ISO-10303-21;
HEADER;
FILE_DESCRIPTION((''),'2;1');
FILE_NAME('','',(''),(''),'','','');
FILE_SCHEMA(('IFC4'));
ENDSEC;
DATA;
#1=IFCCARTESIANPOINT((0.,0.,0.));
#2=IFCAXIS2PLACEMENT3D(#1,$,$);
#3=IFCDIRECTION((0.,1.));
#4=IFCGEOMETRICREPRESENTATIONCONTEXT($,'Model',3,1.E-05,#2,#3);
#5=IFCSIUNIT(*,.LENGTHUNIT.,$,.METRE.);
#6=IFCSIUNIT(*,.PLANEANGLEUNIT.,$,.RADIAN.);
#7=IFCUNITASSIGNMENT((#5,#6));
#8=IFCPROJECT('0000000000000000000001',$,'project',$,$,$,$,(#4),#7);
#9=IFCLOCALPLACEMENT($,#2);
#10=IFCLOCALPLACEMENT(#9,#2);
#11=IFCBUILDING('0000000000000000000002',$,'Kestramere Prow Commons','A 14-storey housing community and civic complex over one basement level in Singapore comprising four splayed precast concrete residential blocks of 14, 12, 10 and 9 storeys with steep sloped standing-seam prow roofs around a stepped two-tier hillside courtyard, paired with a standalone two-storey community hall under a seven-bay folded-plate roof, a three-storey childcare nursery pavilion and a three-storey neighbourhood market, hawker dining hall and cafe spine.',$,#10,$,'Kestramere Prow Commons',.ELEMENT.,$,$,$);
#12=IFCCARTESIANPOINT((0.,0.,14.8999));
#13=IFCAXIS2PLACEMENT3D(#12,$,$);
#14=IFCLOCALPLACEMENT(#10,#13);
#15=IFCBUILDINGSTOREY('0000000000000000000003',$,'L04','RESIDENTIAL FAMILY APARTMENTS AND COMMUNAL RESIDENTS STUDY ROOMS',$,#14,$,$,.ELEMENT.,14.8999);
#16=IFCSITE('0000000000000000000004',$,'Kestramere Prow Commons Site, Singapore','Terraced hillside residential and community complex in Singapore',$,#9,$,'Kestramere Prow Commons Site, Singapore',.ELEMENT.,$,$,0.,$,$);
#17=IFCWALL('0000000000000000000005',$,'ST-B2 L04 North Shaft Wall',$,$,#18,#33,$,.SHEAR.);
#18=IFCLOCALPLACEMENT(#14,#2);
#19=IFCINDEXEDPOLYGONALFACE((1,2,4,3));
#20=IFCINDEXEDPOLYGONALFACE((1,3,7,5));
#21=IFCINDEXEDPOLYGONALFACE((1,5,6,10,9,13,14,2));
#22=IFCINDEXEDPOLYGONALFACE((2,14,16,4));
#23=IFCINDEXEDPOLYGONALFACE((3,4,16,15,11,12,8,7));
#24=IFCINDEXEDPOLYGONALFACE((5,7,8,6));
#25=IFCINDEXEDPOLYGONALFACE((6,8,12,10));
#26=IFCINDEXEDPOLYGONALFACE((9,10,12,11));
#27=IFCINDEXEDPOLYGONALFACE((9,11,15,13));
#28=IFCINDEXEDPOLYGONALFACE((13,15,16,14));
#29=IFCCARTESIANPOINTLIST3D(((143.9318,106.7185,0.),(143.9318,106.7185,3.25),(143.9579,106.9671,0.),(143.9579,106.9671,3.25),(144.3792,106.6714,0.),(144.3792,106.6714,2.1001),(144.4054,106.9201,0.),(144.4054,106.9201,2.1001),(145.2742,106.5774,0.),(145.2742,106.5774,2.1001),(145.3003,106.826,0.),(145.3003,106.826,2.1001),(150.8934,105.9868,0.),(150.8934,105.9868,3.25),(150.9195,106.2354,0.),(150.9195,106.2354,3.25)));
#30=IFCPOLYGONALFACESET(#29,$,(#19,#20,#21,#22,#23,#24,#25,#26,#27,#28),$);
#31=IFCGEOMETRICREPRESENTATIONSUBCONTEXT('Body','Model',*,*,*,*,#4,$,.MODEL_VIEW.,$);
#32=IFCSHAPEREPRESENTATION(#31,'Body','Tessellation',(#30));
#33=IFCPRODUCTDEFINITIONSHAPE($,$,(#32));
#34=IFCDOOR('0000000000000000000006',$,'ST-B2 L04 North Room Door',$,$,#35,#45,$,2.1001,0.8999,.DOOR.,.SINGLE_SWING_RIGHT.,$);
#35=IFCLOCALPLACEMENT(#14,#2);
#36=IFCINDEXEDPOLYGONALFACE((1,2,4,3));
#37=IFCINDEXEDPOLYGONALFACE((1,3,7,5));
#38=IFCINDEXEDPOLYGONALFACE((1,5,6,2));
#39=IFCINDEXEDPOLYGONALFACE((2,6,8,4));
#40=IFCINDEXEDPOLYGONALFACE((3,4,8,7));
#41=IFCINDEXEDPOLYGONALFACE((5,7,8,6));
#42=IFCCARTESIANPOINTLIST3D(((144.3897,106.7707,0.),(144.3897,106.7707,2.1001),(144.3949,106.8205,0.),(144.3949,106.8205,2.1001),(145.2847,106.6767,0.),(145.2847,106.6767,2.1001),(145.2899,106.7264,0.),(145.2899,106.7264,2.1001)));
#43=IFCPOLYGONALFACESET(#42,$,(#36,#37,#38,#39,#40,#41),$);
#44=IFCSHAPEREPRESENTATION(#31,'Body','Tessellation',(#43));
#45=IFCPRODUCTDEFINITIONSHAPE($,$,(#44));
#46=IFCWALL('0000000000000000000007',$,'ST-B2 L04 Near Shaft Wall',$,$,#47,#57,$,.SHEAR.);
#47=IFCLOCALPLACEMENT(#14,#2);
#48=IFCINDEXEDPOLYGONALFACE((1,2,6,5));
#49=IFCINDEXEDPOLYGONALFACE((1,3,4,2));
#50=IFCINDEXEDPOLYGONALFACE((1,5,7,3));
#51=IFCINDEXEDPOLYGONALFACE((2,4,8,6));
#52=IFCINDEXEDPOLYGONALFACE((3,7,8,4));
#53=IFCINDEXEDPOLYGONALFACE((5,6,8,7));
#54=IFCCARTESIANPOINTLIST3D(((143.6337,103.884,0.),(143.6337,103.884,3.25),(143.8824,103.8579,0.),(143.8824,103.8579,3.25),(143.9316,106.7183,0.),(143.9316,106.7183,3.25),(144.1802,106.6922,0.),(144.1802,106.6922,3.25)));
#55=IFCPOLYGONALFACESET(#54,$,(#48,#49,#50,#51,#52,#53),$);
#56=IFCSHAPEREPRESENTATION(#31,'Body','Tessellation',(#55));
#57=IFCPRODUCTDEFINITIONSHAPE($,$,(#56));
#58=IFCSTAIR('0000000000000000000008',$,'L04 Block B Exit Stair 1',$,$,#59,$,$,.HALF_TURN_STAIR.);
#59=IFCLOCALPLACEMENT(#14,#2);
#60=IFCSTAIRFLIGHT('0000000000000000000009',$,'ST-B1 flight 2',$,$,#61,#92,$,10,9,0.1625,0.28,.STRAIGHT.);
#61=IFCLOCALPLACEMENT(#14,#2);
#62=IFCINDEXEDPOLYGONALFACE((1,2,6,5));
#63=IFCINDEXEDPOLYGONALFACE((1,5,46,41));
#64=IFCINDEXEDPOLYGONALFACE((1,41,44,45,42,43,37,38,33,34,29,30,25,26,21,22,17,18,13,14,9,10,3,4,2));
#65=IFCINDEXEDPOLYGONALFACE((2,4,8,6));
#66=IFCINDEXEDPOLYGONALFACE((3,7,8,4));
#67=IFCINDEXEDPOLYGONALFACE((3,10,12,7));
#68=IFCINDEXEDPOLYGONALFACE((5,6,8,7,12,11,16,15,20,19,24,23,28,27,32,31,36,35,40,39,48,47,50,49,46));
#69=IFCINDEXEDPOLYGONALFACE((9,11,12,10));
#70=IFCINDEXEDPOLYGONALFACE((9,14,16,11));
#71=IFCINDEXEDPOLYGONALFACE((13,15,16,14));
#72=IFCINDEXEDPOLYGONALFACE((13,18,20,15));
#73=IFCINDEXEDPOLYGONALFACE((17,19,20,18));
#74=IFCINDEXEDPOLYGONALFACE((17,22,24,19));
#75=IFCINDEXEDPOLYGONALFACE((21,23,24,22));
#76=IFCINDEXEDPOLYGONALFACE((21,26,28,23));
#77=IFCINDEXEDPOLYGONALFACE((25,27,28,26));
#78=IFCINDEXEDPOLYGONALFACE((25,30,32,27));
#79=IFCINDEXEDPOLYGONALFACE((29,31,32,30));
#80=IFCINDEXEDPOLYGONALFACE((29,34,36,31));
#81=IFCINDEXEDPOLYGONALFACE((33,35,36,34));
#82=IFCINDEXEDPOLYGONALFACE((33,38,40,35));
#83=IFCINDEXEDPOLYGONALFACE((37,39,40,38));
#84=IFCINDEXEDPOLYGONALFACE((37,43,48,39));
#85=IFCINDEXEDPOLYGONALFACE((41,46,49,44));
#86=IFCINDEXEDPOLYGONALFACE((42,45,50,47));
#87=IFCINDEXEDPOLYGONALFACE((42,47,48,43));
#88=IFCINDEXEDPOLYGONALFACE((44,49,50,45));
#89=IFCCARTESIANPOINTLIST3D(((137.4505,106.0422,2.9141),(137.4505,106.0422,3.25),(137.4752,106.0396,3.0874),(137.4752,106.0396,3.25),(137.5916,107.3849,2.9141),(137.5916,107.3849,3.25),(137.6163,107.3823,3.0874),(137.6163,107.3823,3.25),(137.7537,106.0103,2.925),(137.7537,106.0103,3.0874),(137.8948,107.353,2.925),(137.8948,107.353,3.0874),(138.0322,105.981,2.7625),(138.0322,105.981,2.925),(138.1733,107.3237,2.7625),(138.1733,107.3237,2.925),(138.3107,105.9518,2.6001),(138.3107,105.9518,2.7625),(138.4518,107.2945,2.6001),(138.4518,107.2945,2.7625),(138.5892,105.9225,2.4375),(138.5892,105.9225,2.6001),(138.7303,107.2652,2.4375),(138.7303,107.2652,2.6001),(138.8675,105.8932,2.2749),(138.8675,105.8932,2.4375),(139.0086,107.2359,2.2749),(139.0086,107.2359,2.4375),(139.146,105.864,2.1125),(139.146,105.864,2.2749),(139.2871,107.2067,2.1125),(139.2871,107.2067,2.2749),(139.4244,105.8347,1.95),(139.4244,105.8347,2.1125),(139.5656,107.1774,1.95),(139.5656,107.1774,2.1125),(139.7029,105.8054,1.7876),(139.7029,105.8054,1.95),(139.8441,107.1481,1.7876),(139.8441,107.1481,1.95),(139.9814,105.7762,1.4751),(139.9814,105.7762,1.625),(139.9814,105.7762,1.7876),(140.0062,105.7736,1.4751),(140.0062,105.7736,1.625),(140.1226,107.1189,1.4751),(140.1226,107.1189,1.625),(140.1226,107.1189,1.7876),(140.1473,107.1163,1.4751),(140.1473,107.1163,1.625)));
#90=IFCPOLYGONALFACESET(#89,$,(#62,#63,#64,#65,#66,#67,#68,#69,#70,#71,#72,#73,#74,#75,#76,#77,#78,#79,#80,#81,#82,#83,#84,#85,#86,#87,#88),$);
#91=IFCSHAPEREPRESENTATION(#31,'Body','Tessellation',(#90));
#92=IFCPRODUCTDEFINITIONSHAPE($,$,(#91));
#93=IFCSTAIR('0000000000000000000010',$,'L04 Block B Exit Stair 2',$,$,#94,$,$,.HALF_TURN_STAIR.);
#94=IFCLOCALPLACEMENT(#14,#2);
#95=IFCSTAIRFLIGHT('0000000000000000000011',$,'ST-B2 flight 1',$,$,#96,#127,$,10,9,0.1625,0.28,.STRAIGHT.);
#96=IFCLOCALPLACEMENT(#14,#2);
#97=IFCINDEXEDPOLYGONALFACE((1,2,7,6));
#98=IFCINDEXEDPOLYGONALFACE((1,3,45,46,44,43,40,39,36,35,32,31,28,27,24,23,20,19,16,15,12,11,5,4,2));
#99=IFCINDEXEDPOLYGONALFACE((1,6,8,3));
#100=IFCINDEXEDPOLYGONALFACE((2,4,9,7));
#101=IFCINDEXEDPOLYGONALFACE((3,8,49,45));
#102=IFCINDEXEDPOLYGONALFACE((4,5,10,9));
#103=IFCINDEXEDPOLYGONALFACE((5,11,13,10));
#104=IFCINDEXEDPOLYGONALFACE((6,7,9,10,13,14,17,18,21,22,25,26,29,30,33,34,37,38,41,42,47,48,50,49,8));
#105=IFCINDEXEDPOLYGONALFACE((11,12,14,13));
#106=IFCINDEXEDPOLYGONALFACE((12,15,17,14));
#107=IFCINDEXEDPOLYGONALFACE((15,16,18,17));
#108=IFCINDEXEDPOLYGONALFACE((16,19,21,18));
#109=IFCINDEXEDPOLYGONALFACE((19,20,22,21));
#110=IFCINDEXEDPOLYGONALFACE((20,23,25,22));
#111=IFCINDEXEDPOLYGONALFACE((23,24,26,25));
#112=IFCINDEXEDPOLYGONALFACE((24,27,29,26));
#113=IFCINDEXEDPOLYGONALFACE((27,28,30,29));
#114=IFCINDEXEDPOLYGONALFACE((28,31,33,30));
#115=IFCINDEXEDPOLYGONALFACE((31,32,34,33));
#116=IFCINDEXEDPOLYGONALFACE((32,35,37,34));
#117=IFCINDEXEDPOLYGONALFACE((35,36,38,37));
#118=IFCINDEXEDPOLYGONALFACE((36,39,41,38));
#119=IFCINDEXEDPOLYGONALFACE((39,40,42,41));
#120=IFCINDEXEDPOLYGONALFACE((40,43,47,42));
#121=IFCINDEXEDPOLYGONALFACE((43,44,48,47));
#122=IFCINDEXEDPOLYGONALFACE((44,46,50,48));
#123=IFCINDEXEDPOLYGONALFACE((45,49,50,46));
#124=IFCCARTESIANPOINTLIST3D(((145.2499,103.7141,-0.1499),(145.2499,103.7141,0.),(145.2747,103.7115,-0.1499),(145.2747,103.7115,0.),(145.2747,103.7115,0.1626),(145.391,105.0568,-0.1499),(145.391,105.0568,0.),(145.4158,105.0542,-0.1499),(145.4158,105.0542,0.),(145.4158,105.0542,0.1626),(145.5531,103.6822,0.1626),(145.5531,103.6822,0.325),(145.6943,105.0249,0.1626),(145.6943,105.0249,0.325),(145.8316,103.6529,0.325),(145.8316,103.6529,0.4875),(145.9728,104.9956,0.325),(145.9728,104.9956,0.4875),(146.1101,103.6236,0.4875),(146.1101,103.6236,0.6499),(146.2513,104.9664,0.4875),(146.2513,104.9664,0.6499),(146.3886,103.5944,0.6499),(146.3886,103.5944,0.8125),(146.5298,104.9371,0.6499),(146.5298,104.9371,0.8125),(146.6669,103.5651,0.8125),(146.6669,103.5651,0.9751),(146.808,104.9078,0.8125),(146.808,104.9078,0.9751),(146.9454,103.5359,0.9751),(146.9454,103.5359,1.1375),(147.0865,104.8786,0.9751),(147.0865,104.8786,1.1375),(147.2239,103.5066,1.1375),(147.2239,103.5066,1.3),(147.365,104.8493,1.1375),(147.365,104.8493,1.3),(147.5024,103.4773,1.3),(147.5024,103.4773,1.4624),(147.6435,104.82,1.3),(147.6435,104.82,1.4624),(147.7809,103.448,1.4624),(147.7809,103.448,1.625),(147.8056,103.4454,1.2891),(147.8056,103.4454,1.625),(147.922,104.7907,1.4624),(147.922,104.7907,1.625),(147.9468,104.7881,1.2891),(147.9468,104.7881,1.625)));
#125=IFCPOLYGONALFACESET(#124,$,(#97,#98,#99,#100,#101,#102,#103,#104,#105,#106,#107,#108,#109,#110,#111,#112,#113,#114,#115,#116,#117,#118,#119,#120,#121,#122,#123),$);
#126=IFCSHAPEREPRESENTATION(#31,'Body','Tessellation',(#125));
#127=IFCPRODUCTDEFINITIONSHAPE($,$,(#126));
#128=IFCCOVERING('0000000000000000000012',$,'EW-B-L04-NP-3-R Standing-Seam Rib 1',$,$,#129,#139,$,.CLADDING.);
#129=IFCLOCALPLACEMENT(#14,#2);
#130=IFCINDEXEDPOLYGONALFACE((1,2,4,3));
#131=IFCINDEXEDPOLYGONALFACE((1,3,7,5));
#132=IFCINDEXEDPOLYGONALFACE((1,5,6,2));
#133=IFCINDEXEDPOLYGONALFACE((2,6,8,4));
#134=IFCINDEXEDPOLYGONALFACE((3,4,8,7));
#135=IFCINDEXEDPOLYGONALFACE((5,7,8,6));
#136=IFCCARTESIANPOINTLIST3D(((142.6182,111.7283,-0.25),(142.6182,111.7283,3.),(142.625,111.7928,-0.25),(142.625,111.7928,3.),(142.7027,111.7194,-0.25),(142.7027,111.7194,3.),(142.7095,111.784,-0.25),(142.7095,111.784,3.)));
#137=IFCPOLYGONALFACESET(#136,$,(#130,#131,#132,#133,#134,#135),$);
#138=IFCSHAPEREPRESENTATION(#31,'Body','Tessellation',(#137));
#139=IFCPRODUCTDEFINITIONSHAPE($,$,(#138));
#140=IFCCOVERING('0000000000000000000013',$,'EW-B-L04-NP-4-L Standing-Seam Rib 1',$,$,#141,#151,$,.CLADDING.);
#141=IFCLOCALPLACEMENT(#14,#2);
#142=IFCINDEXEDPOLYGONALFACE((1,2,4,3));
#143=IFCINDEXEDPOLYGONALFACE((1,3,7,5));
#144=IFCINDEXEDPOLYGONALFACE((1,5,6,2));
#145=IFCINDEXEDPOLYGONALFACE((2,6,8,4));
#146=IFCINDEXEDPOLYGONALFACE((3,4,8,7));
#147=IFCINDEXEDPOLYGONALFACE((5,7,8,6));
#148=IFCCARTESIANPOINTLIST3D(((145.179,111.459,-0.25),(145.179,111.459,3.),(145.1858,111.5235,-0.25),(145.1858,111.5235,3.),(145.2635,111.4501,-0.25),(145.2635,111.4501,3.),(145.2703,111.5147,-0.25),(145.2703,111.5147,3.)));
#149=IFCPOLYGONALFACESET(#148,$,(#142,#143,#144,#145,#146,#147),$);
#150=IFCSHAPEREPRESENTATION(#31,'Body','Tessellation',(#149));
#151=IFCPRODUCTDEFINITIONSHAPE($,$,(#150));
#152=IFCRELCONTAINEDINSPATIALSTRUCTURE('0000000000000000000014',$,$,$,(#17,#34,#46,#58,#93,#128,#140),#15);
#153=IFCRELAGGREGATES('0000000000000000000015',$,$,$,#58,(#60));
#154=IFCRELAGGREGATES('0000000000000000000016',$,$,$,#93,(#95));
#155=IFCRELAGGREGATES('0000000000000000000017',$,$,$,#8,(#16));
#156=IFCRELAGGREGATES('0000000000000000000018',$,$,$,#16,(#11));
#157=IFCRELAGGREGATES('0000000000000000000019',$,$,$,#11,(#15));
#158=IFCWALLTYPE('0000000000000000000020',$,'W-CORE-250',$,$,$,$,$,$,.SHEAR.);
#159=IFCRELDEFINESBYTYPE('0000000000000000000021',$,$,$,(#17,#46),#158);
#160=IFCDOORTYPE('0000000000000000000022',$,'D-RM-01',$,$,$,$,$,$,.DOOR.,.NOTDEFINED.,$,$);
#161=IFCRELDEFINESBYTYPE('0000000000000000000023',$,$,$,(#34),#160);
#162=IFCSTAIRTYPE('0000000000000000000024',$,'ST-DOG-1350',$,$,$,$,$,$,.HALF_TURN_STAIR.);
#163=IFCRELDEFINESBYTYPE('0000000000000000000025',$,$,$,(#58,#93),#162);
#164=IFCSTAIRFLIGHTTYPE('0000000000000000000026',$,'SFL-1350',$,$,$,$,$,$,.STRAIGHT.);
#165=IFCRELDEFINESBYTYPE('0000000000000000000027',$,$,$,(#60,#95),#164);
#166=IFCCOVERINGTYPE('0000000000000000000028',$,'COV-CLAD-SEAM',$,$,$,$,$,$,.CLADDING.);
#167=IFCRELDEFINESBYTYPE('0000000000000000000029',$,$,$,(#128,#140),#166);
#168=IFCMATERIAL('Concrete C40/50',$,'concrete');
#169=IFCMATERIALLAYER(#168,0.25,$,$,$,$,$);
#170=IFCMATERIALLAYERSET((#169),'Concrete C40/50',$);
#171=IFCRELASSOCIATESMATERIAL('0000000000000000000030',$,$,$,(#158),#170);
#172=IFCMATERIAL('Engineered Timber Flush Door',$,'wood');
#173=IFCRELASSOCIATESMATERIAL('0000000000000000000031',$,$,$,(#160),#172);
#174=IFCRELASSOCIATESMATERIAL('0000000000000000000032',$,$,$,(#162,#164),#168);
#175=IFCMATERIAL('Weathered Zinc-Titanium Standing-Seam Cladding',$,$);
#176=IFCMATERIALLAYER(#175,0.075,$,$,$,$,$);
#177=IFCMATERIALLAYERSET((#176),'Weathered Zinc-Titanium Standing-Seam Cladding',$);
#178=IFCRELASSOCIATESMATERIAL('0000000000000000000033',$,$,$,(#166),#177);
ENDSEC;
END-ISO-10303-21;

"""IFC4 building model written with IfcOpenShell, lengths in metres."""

from ifc_helpers import new_model, si_unit, direction, frame, frame_2d, origin, origin_2d, place, context, subcontext, project, spatial, polyline, rectangle, outline, extrude, material, layer, layer_set, type_object, element, fill, aggregate, save


model = new_model("IFC4")

# Units and contexts
model_context = context("Model", 3, precision=1e-05, world=origin(), true_north=direction((0.0, 1.0)))
body_context = subcontext(model_context, "Body", "Model", "MODEL_VIEW")
ifc_project = project(units=[si_unit("LENGTHUNIT", "METRE"), si_unit("PLANEANGLEUNIT", "RADIAN")], contexts=[model_context])

# Site, building, storey
site_placement = place(None, origin())
site = spatial("IfcSite", under=ifc_project, at=site_placement, Name="Kestramere Prow Commons Site, Singapore", Description="Terraced hillside residential and community complex in Singapore", LongName="Kestramere Prow Commons Site, Singapore", CompositionType="ELEMENT", RefElevation=0.0)
building_placement = place(site_placement, origin())
building = spatial("IfcBuilding", under=site, at=building_placement, Name="Kestramere Prow Commons", Description="A 14-storey housing community and civic complex over one basement level in Singapore comprising four splayed precast concrete residential blocks of 14, 12, 10 and 9 storeys with steep sloped standing-seam prow roofs around a stepped two-tier hillside courtyard, paired with a standalone two-storey community hall under a seven-bay folded-plate roof, a three-storey childcare nursery pavilion and a three-storey neighbourhood market, hawker dining hall and cafe spine.", LongName="Kestramere Prow Commons", CompositionType="ELEMENT")
storey_placement = place(building_placement, frame((0.0, 0.0, 14.8999)))
storey = spatial("IfcBuildingStorey", under=building, at=storey_placement, Name="L04", Description="RESIDENTIAL FAMILY APARTMENTS AND COMMUNAL RESIDENTS STUDY ROOMS", CompositionType="ELEMENT", Elevation=14.8999)

# Shared definitions
ifc_material_1 = material(Name="Concrete C40/50", Category="concrete")

# Shared definitions
ifc_layer_1 = layer(ifc_material_1, 0.25)
ifc_layer_set_1 = layer_set([ifc_layer_1], Name="Concrete C40/50")
wall_type_1 = type_object("IfcWallType", Name="W-CORE-250", PredefinedType="SHEAR", material=ifc_layer_set_1)

# Wall, opening, door
wall_1_placement = place(storey_placement, frame((143.9448, 106.8428, 0.0), z_axis=(0.0, 0.0, 1.0), x_axis=(0.994522, -0.104527, 0.0)))
wall_1 = element("IfcWall", 1, at=wall_1_placement, inside=storey, type_object=wall_type_1, Name="ST-B2 L04 North Shaft Wall", PredefinedType="SHEAR", context=body_context, shape_type="SweptSolid", body=[
    extrude(rectangle(XDim=7.0, YDim=0.25, at=frame_2d((3.5, 0.0))), origin(), (0.0, 0.0, 1.0), 3.25),
])
opening_1_placement = place(wall_1_placement, frame((0.45, 0.0, 0.0)))
opening_1 = element("IfcOpeningElement", 2, at=opening_1_placement, cuts=wall_1, PredefinedType="OPENING", context=body_context, shape_type="SweptSolid", body=[
    extrude(rectangle(XDim=0.8999, YDim=2.1001, at=frame_2d((0.45, 1.05))), frame((0.0, 0.1399, 0.0), z_axis=(0.0, -1.0, 0.0), x_axis=(1.0, 0.0, 0.0)), (0.0, 0.0, 1.0), 0.28),
])
ifc_material_2 = material(Name="Engineered Timber Flush Door", Category="wood")
door_type_1 = type_object("IfcDoorType", Name="D-RM-01", OperationType="NOTDEFINED", PredefinedType="DOOR", material=ifc_material_2)
door_1_placement = place(opening_1_placement, origin())
door_1 = element("IfcDoor", 3, at=door_1_placement, inside=storey, type_object=door_type_1, Name="ST-B2 L04 North Room Door", OperationType="SINGLE_SWING_RIGHT", OverallHeight=2.1001, OverallWidth=0.8999, PredefinedType="DOOR", context=body_context, shape_type="SweptSolid", body=[
    extrude(rectangle(XDim=0.8999, YDim=2.1001, at=frame_2d((0.45, 1.05))), frame((0.0, 0.0249, 0.0), z_axis=(0.0, -1.0, 0.0), x_axis=(1.0, 0.0, 0.0)), (0.0, 0.0, 1.0), 0.05),
])
fill(opening_1, door_1)

# Wall
wall_2_placement = place(storey_placement, frame((143.7581, 103.8711, 0.0), z_axis=(0.0, 0.0, 1.0), x_axis=(0.104515, 0.994523, 0.0)))
element("IfcWall", 4, at=wall_2_placement, inside=storey, type_object=wall_type_1, Name="ST-B2 L04 Near Shaft Wall", PredefinedType="SHEAR", context=body_context, shape_type="SweptSolid", body=[
    extrude(rectangle(XDim=2.8499, YDim=0.25, at=frame_2d((1.4248, 0.0))), origin(), (0.0, 0.0, 1.0), 3.25),
])

# Stairs, stair flights
stair_type = type_object("IfcStairType", Name="ST-DOG-1350", PredefinedType="HALF_TURN_STAIR", material=ifc_material_1)
stair_1_placement = place(storey_placement, origin())
stair_1 = element("IfcStair", 5, at=stair_1_placement, inside=storey, type_object=stair_type, Name="L04 Block B Exit Stair 1", PredefinedType="HALF_TURN_STAIR")
stair_flight_type = type_object("IfcStairFlightType", Name="SFL-1350", PredefinedType="STRAIGHT", material=ifc_material_1)
stair_flight_1_placement = place(storey_placement, frame((140.052, 106.4475, 1.625), z_axis=(0.0, 0.0, 1.0), x_axis=(-0.994522, 0.104528, 0.0)))
stair_flight_1 = element("IfcStairFlight", 6, at=stair_flight_1_placement, type_object=stair_flight_type, Name="ST-B1 flight 2", NumberOfRisers=10, NumberOfTreads=9, PredefinedType="STRAIGHT", RiserHeight=0.1625, TreadLength=0.28, context=body_context, shape_type="SweptSolid", body=[
    extrude(outline(polyline([(-0.0249, 0.0), (0.0, 0.0), (0.0, 0.1626), (0.28, 0.1626), (0.28, 0.325), (0.5601, 0.325), (0.5601, 0.4875), (0.8401, 0.4875), (0.8401, 0.6499), (1.1201, 0.6499), (1.1201, 0.8125), (1.3999, 0.8125), (1.3999, 0.9751), (1.6799, 0.9751), (1.6799, 1.1375), (1.96, 1.1375), (1.96, 1.3), (2.24, 1.3), (2.24, 1.4624), (2.52, 1.4624), (2.52, 1.625), (2.5449, 1.625), (2.5449, 1.2891), (0.0, -0.1499), (-0.0249, -0.1499), (-0.0249, 0.0)])), frame((0.0, 0.675, 0.0), z_axis=(0.0, -1.0, 0.0), x_axis=(1.0, 0.0, 0.0)), (0.0, 0.0, 1.0), 1.3501),
])
aggregate(stair_1, [stair_flight_1])
stair_2_placement = place(storey_placement, origin())
stair_2 = element("IfcStair", 7, at=stair_2_placement, inside=storey, type_object=stair_type, Name="L04 Block B Exit Stair 2", PredefinedType="HALF_TURN_STAIR")
stair_flight_2_placement = place(storey_placement, frame((145.3452, 104.3828, 0.0), z_axis=(0.0, 0.0, 1.0), x_axis=(0.994522, -0.104528, 0.0)))
stair_flight_2 = element("IfcStairFlight", 8, at=stair_flight_2_placement, type_object=stair_flight_type, Name="ST-B2 flight 1", NumberOfRisers=10, NumberOfTreads=9, PredefinedType="STRAIGHT", RiserHeight=0.1625, TreadLength=0.28, context=body_context, shape_type="SweptSolid", body=[
    extrude(outline(polyline([(-0.0249, 0.0), (0.0, 0.0), (0.0, 0.1626), (0.28, 0.1626), (0.28, 0.325), (0.5601, 0.325), (0.5601, 0.4875), (0.8401, 0.4875), (0.8401, 0.6499), (1.1201, 0.6499), (1.1201, 0.8125), (1.3999, 0.8125), (1.3999, 0.9751), (1.6799, 0.9751), (1.6799, 1.1375), (1.96, 1.1375), (1.96, 1.3), (2.24, 1.3), (2.24, 1.4624), (2.52, 1.4624), (2.52, 1.625), (2.5449, 1.625), (2.5449, 1.2891), (0.0, -0.1499), (-0.0249, -0.1499), (-0.0249, 0.0)])), frame((0.0, 0.675, 0.0), z_axis=(0.0, -1.0, 0.0), x_axis=(1.0, 0.0, 0.0)), (0.0, 0.0, 1.0), 1.3501),
])
aggregate(stair_2, [stair_flight_2])

# Coverings
ifc_material_3 = material(Name="Weathered Zinc-Titanium Standing-Seam Cladding")
ifc_layer_2 = layer(ifc_material_3, 0.075)
ifc_layer_set_2 = layer_set([ifc_layer_2], Name="Weathered Zinc-Titanium Standing-Seam Cladding")
covering_type = type_object("IfcCoveringType", Name="COV-CLAD-SEAM", PredefinedType="CLADDING", material=ifc_layer_set_2)
for number, where, z_axis, x_axis, name in (
    (9, (142.6638, 111.7561, -0.25), (0.0, 0.0, 1.0), (0.994522, -0.104528, 0.0), "EW-B-L04-NP-3-R Standing-Seam Rib 1"),
    (10, (145.2246, 111.4868, -0.25), (0.0, 0.0, 1.0), (0.994522, -0.104528, 0.0), "EW-B-L04-NP-4-L Standing-Seam Rib 1"),
):
    element("IfcCovering", number, at=place(storey_placement, frame(where, z_axis=z_axis, x_axis=x_axis)), inside=storey, type_object=covering_type, Name=name, PredefinedType="CLADDING", context=body_context, shape_type="SweptSolid", body=[
        extrude(rectangle(XDim=0.085, YDim=0.0649, at=origin_2d()), origin(), (0.0, 0.0, 1.0), 3.25),
    ])

save(model, "model.ifc")
